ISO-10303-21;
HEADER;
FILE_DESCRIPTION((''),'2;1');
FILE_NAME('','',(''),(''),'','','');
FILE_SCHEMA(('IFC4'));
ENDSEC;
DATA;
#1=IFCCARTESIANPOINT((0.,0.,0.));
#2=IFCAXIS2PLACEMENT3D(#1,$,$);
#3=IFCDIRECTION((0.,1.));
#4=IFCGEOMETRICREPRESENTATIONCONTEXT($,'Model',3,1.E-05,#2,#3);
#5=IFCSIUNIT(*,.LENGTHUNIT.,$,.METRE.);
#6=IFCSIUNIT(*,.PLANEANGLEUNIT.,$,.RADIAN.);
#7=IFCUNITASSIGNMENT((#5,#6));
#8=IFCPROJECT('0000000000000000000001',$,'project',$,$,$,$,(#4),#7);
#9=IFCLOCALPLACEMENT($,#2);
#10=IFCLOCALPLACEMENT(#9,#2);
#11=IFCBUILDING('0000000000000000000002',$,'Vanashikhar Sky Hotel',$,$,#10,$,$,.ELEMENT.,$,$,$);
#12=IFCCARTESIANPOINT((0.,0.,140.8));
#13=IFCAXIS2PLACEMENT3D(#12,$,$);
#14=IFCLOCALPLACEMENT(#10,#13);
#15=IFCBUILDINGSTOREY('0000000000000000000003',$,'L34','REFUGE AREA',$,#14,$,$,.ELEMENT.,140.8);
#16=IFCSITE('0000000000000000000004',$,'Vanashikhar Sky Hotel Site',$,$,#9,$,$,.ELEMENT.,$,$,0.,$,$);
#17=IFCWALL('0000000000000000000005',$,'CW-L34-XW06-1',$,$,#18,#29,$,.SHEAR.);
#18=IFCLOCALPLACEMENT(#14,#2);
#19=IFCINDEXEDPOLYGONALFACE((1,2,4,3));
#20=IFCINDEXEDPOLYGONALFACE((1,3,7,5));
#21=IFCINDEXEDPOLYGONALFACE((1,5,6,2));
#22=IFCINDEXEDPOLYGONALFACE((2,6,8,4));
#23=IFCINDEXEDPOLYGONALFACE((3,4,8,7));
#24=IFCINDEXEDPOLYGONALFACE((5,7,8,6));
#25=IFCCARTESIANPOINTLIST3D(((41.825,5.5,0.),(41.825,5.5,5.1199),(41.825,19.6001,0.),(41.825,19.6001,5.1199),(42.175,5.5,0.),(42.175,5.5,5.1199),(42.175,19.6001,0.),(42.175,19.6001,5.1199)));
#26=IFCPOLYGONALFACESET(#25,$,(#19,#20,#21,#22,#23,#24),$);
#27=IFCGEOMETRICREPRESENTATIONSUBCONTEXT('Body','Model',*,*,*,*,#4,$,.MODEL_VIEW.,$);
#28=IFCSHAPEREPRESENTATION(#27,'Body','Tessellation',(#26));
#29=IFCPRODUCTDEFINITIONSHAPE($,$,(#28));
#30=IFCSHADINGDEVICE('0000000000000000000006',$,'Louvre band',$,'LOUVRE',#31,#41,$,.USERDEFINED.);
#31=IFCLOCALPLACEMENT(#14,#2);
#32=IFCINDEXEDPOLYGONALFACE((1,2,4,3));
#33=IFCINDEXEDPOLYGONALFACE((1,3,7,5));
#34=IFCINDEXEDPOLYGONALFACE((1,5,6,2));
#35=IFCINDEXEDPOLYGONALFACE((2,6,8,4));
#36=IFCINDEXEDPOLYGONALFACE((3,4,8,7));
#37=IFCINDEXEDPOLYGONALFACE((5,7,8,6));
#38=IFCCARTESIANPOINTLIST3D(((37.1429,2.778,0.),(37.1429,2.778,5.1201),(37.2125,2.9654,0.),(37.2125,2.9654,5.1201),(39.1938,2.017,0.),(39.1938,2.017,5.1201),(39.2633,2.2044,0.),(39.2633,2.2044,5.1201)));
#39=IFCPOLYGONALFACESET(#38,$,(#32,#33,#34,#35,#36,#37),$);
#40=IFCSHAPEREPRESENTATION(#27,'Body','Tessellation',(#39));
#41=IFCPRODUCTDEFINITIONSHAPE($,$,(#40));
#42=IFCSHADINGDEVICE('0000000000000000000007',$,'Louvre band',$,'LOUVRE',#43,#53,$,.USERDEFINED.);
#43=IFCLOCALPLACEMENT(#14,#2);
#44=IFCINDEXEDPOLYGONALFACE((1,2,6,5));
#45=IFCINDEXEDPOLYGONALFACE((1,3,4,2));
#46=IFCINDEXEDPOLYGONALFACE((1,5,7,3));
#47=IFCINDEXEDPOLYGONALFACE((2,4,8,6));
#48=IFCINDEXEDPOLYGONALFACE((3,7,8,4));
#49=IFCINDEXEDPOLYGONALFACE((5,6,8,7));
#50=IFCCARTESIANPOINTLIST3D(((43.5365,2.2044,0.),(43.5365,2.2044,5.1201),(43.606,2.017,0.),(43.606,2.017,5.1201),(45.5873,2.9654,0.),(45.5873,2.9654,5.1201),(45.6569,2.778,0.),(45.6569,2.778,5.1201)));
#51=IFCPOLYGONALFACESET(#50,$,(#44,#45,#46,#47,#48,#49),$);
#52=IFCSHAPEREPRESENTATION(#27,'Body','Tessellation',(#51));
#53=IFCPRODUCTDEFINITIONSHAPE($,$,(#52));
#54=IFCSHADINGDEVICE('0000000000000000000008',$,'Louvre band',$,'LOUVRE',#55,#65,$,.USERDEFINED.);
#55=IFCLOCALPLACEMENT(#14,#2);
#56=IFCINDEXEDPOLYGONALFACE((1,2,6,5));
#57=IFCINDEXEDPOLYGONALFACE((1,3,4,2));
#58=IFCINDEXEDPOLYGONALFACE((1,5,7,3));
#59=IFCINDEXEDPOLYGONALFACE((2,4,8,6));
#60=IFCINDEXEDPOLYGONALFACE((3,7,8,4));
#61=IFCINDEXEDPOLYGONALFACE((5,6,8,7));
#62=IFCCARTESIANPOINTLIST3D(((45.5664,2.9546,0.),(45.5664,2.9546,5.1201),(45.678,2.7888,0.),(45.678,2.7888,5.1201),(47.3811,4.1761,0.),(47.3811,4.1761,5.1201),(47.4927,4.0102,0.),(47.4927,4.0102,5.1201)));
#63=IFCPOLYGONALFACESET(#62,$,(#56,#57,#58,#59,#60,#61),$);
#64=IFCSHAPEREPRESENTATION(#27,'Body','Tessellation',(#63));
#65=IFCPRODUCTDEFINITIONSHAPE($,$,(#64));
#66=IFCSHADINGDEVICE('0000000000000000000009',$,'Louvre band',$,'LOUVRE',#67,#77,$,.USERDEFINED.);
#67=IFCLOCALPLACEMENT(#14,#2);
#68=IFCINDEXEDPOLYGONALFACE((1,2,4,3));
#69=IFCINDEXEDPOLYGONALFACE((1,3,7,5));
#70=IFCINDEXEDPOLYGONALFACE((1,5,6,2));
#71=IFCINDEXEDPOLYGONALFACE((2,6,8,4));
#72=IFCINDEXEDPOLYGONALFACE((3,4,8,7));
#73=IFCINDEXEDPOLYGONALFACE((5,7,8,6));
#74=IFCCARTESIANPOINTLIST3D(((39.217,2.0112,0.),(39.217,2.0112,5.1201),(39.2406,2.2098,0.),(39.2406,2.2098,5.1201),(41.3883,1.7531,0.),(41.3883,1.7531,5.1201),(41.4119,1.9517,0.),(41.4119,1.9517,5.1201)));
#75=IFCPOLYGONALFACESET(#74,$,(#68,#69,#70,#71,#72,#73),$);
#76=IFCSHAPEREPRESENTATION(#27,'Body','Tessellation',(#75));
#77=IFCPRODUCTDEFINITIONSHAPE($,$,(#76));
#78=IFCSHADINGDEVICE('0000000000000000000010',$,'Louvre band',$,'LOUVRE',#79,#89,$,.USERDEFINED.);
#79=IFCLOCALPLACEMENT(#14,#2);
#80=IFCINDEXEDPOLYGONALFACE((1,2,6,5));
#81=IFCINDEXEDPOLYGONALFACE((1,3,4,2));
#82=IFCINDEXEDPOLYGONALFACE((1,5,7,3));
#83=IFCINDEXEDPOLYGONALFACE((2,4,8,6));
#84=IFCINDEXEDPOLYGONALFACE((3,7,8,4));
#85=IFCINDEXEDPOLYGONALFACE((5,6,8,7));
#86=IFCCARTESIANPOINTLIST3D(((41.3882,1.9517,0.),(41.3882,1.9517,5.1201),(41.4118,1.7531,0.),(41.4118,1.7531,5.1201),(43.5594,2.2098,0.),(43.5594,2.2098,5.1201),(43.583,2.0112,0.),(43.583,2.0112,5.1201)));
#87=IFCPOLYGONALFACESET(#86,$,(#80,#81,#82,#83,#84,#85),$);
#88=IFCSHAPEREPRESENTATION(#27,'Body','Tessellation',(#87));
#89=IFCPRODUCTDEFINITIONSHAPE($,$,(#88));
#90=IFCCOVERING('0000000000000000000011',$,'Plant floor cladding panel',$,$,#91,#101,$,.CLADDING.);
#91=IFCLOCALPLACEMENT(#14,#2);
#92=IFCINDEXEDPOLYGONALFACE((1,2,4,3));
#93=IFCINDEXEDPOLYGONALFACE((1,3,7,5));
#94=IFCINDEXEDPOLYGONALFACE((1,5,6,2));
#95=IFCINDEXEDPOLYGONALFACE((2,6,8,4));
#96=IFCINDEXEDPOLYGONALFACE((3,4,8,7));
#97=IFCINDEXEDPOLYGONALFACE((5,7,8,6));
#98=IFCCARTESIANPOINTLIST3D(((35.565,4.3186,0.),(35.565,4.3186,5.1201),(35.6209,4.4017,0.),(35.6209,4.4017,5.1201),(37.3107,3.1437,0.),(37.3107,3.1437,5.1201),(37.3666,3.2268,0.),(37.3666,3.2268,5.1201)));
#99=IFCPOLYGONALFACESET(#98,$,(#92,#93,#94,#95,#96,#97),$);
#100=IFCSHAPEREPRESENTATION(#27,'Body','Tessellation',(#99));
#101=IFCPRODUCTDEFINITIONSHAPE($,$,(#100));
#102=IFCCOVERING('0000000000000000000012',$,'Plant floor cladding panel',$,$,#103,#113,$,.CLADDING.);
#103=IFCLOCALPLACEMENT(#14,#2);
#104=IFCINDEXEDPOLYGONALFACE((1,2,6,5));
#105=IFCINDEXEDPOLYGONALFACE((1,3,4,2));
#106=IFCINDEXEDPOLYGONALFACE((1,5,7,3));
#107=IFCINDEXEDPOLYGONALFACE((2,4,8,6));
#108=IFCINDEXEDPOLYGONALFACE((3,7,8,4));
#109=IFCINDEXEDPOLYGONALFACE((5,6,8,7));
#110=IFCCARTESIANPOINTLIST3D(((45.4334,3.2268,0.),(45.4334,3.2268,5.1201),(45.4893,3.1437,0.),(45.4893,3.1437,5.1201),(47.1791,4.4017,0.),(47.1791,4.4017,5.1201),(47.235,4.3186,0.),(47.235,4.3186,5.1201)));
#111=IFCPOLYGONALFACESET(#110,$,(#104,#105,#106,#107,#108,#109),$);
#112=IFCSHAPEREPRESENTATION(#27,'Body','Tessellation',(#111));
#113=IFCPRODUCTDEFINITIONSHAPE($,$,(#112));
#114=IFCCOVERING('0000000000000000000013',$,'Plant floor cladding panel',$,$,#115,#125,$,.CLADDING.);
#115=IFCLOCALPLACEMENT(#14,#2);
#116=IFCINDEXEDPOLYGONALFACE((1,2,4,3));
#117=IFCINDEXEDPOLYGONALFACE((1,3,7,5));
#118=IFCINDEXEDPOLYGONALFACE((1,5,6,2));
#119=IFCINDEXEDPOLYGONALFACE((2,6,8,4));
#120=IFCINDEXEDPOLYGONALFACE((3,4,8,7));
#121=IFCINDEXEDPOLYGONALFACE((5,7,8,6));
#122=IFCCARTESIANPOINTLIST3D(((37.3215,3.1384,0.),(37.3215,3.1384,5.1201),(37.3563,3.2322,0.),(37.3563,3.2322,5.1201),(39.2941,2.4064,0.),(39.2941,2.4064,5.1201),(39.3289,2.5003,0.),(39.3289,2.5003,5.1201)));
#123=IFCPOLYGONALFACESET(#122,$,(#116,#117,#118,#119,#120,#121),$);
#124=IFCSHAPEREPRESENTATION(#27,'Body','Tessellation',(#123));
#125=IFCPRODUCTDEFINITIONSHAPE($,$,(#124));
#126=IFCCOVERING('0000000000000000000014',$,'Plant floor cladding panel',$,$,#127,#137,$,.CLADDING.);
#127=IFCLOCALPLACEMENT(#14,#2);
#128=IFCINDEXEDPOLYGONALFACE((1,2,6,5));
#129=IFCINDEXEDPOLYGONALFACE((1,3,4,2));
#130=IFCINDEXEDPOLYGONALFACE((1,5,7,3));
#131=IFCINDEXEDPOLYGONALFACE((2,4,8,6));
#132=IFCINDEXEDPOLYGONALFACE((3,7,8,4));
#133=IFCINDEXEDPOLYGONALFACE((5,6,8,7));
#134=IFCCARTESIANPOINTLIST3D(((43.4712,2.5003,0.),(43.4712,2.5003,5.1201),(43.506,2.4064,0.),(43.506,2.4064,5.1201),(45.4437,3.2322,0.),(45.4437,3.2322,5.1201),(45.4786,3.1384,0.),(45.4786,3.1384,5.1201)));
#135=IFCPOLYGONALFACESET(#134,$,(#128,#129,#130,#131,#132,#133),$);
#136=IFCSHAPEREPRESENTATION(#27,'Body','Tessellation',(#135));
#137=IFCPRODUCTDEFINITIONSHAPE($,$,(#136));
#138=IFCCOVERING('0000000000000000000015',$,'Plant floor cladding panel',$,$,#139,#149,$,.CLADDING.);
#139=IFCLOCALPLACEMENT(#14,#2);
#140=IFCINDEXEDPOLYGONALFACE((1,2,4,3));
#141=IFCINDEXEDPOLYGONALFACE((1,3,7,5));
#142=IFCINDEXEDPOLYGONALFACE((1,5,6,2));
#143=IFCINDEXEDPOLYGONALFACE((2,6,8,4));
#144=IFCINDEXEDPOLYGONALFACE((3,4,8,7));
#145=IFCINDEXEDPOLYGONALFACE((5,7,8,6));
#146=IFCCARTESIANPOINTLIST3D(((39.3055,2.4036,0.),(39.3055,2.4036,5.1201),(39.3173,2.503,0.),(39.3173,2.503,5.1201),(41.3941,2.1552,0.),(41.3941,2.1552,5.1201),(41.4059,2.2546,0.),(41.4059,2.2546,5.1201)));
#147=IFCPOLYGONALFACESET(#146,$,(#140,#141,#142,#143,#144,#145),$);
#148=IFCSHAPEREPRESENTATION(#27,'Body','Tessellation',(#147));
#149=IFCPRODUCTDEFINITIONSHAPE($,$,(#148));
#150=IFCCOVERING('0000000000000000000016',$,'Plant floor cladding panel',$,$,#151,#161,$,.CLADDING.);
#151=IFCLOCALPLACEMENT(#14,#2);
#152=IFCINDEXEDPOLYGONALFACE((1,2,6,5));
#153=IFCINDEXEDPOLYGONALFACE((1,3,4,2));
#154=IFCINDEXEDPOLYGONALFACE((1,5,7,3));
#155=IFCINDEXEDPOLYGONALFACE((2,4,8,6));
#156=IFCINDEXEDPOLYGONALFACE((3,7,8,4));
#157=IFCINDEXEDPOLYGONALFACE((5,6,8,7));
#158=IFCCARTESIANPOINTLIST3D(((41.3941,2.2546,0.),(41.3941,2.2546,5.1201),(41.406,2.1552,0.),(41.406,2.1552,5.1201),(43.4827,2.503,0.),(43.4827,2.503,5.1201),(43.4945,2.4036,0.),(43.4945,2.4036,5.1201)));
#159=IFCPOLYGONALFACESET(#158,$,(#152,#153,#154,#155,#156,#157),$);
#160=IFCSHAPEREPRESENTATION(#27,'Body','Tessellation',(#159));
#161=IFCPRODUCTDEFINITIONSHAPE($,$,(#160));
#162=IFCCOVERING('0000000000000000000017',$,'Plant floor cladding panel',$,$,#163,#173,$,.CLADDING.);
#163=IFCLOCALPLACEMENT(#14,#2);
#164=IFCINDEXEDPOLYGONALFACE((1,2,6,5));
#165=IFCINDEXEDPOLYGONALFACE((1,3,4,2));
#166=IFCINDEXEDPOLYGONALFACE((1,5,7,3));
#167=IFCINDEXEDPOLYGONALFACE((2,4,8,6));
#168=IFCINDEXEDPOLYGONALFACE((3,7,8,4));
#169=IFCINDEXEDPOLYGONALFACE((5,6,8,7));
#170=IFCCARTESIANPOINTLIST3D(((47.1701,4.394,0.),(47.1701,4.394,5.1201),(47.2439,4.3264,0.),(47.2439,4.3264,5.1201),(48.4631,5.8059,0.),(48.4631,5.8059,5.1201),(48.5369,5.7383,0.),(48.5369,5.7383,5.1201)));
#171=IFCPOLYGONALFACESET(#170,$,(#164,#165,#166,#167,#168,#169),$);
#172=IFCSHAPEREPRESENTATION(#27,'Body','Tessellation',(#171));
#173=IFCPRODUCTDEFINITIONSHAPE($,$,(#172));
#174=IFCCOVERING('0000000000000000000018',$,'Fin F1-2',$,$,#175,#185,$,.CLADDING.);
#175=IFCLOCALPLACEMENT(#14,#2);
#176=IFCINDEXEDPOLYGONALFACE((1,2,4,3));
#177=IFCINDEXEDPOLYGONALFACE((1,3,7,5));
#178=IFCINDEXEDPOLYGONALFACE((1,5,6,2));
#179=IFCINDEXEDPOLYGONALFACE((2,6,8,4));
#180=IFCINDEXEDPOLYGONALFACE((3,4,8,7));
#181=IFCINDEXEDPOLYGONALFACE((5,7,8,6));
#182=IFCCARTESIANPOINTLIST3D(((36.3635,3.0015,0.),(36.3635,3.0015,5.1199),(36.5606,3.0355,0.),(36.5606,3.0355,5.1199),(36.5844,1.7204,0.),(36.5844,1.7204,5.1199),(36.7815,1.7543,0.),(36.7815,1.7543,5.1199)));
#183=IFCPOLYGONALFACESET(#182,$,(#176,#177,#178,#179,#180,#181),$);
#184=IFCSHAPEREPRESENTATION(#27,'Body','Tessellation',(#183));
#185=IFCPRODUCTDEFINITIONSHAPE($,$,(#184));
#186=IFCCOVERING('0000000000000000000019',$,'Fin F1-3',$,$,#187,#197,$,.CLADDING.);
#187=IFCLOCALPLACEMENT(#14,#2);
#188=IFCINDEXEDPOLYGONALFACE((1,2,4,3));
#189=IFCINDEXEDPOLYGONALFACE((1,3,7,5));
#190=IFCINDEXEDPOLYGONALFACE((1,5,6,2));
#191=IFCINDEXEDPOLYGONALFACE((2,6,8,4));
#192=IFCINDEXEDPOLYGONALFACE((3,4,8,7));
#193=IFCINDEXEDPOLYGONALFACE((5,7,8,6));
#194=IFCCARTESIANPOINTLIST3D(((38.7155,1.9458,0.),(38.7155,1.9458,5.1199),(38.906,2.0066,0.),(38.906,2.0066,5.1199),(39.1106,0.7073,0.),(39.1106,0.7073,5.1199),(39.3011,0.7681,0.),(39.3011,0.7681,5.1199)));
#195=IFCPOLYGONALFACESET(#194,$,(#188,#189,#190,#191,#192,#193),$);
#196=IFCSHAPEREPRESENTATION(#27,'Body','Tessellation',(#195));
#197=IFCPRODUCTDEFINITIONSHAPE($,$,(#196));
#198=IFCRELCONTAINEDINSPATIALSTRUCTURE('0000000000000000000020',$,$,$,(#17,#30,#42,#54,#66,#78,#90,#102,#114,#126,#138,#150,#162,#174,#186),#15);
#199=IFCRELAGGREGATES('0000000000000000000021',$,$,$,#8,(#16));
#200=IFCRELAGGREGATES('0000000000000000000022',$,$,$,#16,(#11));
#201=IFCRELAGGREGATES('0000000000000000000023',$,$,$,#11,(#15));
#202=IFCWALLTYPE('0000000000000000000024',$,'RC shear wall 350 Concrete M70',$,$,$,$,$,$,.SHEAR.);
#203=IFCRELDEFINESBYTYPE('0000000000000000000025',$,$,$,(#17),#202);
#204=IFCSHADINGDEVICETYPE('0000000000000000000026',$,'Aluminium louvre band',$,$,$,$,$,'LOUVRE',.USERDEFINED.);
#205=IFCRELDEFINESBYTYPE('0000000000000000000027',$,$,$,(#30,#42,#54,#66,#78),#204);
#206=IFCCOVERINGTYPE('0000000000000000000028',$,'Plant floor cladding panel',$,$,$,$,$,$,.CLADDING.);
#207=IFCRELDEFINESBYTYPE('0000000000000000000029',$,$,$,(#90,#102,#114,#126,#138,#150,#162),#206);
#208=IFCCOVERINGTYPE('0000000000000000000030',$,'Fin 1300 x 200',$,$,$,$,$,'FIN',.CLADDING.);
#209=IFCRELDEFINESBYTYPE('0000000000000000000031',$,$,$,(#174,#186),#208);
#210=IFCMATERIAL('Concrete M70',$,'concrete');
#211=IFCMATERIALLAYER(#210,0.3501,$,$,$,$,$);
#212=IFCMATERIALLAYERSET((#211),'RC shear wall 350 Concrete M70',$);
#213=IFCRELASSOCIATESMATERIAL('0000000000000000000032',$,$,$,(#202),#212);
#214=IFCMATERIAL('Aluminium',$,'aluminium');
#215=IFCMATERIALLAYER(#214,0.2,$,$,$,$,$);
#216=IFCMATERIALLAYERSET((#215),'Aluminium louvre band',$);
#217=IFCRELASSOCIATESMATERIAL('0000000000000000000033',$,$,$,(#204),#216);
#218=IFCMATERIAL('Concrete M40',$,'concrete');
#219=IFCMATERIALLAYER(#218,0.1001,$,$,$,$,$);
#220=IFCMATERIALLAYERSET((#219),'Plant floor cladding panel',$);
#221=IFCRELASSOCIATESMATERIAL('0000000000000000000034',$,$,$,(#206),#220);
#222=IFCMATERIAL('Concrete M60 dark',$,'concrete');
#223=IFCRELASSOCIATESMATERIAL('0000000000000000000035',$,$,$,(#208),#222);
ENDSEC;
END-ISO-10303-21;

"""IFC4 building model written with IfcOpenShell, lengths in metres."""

from ifc_helpers import new_model, si_unit, direction, frame, frame_2d, origin, origin_2d, place, context, subcontext, project, spatial, rectangle, extrude, source, transform, mapped, material, layer, layer_set, material_profile, profile_set, type_object, element, save


model = new_model("IFC4")

# Units and contexts
model_context = context("Model", 3, precision=1e-05, world=origin(), true_north=direction((0.0, 1.0)))
body_context = subcontext(model_context, "Body", "Model", "MODEL_VIEW")
ifc_project = project(units=[si_unit("LENGTHUNIT", "METRE"), si_unit("PLANEANGLEUNIT", "RADIAN")], contexts=[model_context])

# Site, building, storey
site_placement = place(None, origin())
site = spatial("IfcSite", under=ifc_project, at=site_placement, Name="Vanashikhar Sky Hotel Site", CompositionType="ELEMENT", RefElevation=0.0)
building_placement = place(site_placement, origin())
building = spatial("IfcBuilding", under=site, at=building_placement, Name="Vanashikhar Sky Hotel", CompositionType="ELEMENT")
storey_placement = place(building_placement, frame((0.0, 0.0, 140.8)))
storey = spatial("IfcBuildingStorey", under=building, at=storey_placement, Name="L34", Description="REFUGE AREA", CompositionType="ELEMENT", Elevation=140.8)

# Wall
ifc_material_1 = material(Name="Concrete M70", Category="concrete")
ifc_layer_1 = layer(ifc_material_1, 0.3501)
ifc_layer_set_1 = layer_set([ifc_layer_1], Name="RC shear wall 350 Concrete M70")
wall_type = type_object("IfcWallType", Name="RC shear wall 350 Concrete M70", PredefinedType="SHEAR", material=ifc_layer_set_1)
shared_shape_1 = source(origin(), body_context, "Body", "SweptSolid", [
    extrude(rectangle(XDim=14.1001, YDim=0.3501, at=frame_2d((7.05, 0.0))), origin(), (0.0, 0.0, 1.0), 5.1199),
])
wall_placement = place(storey_placement, frame((42.0, 5.5, 0.0), z_axis=(0.0, 0.0, 1.0), x_axis=(0.0, 1.0, 0.0)))
element("IfcWall", 1, at=wall_placement, inside=storey, type_object=wall_type, Name="CW-L34-XW06-1", PredefinedType="SHEAR", context=body_context, shape_type="MappedRepresentation", body=[
    mapped(shared_shape_1, transform((0.0, 0.0, 0.0), scale=1.0)),
])

# Shading devices
ifc_material_2 = material(Name="Aluminium", Category="aluminium")
ifc_layer_2 = layer(ifc_material_2, 0.2)
ifc_layer_set_2 = layer_set([ifc_layer_2], Name="Aluminium louvre band")
shading_device_type = type_object("IfcShadingDeviceType", Name="Aluminium louvre band", ElementType="LOUVRE", PredefinedType="USERDEFINED", material=ifc_layer_set_2)
shared_shape_2 = source(origin(), body_context, "Body", "SweptSolid", [
    extrude(rectangle(XDim=2.1875, YDim=0.2, at=origin_2d()), origin(), (0.0, 0.0, 1.0), 5.1201),
])
for number, where, z_axis, x_axis, name in (
    (2, (38.2031, 2.4912, 0.0), (0.0, 0.0, 1.0), (0.937537, -0.347885, 0.0), "Louvre band"),
    (3, (44.5967, 2.4912, 0.0), (0.0, 0.0, 1.0), (0.937537, 0.347885, 0.0), "Louvre band"),
    (4, (46.5295, 3.4824, 0.0), (0.0, 0.0, 1.0), (0.829584, 0.558382, 0.0), "Louvre band"),
):
    element("IfcShadingDevice", number, at=place(storey_placement, frame(where, z_axis=z_axis, x_axis=x_axis)), inside=storey, type_object=shading_device_type, Name=name, ObjectType="LOUVRE", PredefinedType="USERDEFINED", context=body_context, shape_type="MappedRepresentation", body=[
        mapped(shared_shape_2, transform((0.0, 0.0, 0.0), scale=1.0)),
    ])
shared_shape_3 = source(origin(), body_context, "Body", "SweptSolid", [
    extrude(rectangle(XDim=2.1865, YDim=0.2, at=origin_2d()), origin(), (0.0, 0.0, 1.0), 5.1201),
])
for number, where, z_axis, x_axis, name in (
    (5, (40.3145, 1.9814, 0.0), (0.0, 0.0, 1.0), (0.993009, -0.11804, 0.0), "Louvre band"),
    (6, (42.4856, 1.9814, 0.0), (0.0, 0.0, 1.0), (0.993009, 0.11804, 0.0), "Louvre band"),
):
    element("IfcShadingDevice", number, at=place(storey_placement, frame(where, z_axis=z_axis, x_axis=x_axis)), inside=storey, type_object=shading_device_type, Name=name, ObjectType="LOUVRE", PredefinedType="USERDEFINED", context=body_context, shape_type="MappedRepresentation", body=[
        mapped(shared_shape_3, transform((0.0, 0.0, 0.0), scale=1.0)),
    ])

# Coverings
ifc_material_3 = material(Name="Concrete M40", Category="concrete")
ifc_layer_3 = layer(ifc_material_3, 0.1001)
ifc_layer_set_3 = layer_set([ifc_layer_3], Name="Plant floor cladding panel")
covering_type_1 = type_object("IfcCoveringType", Name="Plant floor cladding panel", PredefinedType="CLADDING", material=ifc_layer_set_3)
shared_shape_4 = source(origin(), body_context, "Body", "SweptSolid", [
    extrude(rectangle(XDim=2.1042, YDim=0.1001, at=origin_2d()), origin(), (0.0, 0.0, 1.0), 5.1201),
])
for number, where, z_axis, x_axis, name in (
    (7, (36.4658, 3.7727, 0.0), (0.0, 0.0, 1.0), (0.829603, -0.558353, 0.0), "Plant floor cladding panel"),
    (8, (46.3342, 3.7727, 0.0), (0.0, 0.0, 1.0), (0.829603, 0.558353, 0.0), "Plant floor cladding panel"),
):
    element("IfcCovering", number, at=place(storey_placement, frame(where, z_axis=z_axis, x_axis=x_axis)), inside=storey, type_object=covering_type_1, Name=name, PredefinedType="CLADDING", context=body_context, shape_type="MappedRepresentation", body=[
        mapped(shared_shape_4, transform((0.0, 0.0, 0.0), scale=1.0)),
    ])
shared_shape_5 = source(origin(), body_context, "Body", "SweptSolid", [
    extrude(rectangle(XDim=2.104, YDim=0.1001, at=origin_2d()), origin(), (0.0, 0.0, 1.0), 5.1201),
])
for number, where, z_axis, x_axis, name in (
    (9, (38.3252, 2.8193, 0.0), (0.0, 0.0, 1.0), (0.937537, -0.347885, 0.0), "Plant floor cladding panel"),
    (10, (44.4749, 2.8193, 0.0), (0.0, 0.0, 1.0), (0.937537, 0.347885, 0.0), "Plant floor cladding panel"),
):
    element("IfcCovering", number, at=place(storey_placement, frame(where, z_axis=z_axis, x_axis=x_axis)), inside=storey, type_object=covering_type_1, Name=name, PredefinedType="CLADDING", context=body_context, shape_type="MappedRepresentation", body=[
        mapped(shared_shape_5, transform((0.0, 0.0, 0.0), scale=1.0)),
    ])
shared_shape_6 = source(origin(), body_context, "Body", "SweptSolid", [
    extrude(rectangle(XDim=2.1033, YDim=0.1001, at=origin_2d()), origin(), (0.0, 0.0, 1.0), 5.1201),
])
for number, where, z_axis, x_axis, name in (
    (11, (40.3557, 2.3291, 0.0), (0.0, 0.0, 1.0), (0.993003, -0.118092, 0.0), "Plant floor cladding panel"),
    (12, (42.4443, 2.3291, 0.0), (0.0, 0.0, 1.0), (0.993003, 0.118092, 0.0), "Plant floor cladding panel"),
):
    element("IfcCovering", number, at=place(storey_placement, frame(where, z_axis=z_axis, x_axis=x_axis)), inside=storey, type_object=covering_type_1, Name=name, PredefinedType="CLADDING", context=body_context, shape_type="MappedRepresentation", body=[
        mapped(shared_shape_6, transform((0.0, 0.0, 0.0), scale=1.0)),
    ])
shared_shape_7 = source(origin(), body_context, "Body", "SweptSolid", [
    extrude(rectangle(XDim=1.9146, YDim=0.1001, at=origin_2d()), origin(), (0.0, 0.0, 1.0), 5.1201),
])
covering_placement = place(storey_placement, frame((47.8535, 5.0662, 0.0), z_axis=(0.0, 0.0, 1.0), x_axis=(0.675371, 0.737478, 0.0)))
element("IfcCovering", 13, at=covering_placement, inside=storey, type_object=covering_type_1, Name="Plant floor cladding panel", PredefinedType="CLADDING", context=body_context, shape_type="MappedRepresentation", body=[
    mapped(shared_shape_7, transform((0.0, 0.0, 0.0), scale=1.0)),
])
ifc_material_4 = material(Name="Concrete M60 dark", Category="concrete")
ifc_material_profile_1 = material_profile(ifc_material_4, rectangle(XDim=1.3, YDim=0.2, at=origin_2d()))
ifc_profile_set_1 = profile_set([ifc_material_profile_1], Name="Fin 1300 x 200")
covering_type_2 = type_object("IfcCoveringType", Name="Fin 1300 x 200", ElementType="FIN", PredefinedType="CLADDING", material=ifc_profile_set_1)
shared_shape_8 = source(origin(), body_context, "Body", "SweptSolid", [
    extrude(rectangle(XDim=1.3, YDim=0.2, at=origin_2d()), origin(), (0.0, 0.0, 1.0), 5.1199),
])
for number, where, z_axis, x_axis, name in (
    (14, (36.5725, 2.3779, 0.0), (0.0, 0.0, 1.0), (0.1699, -0.985461, 0.0), "Fin F1-2"),
    (15, (39.0083, 1.3569, 0.0), (0.0, 0.0, 1.0), (0.303967, -0.952683, 0.0), "Fin F1-3"),
):
    element("IfcCovering", number, at=place(storey_placement, frame(where, z_axis=z_axis, x_axis=x_axis)), inside=storey, type_object=covering_type_2, Name=name, PredefinedType="CLADDING", context=body_context, shape_type="MappedRepresentation", body=[
        mapped(shared_shape_8, transform((0.0, 0.0, 0.0), scale=1.0)),
    ])

save(model, "model.ifc")
